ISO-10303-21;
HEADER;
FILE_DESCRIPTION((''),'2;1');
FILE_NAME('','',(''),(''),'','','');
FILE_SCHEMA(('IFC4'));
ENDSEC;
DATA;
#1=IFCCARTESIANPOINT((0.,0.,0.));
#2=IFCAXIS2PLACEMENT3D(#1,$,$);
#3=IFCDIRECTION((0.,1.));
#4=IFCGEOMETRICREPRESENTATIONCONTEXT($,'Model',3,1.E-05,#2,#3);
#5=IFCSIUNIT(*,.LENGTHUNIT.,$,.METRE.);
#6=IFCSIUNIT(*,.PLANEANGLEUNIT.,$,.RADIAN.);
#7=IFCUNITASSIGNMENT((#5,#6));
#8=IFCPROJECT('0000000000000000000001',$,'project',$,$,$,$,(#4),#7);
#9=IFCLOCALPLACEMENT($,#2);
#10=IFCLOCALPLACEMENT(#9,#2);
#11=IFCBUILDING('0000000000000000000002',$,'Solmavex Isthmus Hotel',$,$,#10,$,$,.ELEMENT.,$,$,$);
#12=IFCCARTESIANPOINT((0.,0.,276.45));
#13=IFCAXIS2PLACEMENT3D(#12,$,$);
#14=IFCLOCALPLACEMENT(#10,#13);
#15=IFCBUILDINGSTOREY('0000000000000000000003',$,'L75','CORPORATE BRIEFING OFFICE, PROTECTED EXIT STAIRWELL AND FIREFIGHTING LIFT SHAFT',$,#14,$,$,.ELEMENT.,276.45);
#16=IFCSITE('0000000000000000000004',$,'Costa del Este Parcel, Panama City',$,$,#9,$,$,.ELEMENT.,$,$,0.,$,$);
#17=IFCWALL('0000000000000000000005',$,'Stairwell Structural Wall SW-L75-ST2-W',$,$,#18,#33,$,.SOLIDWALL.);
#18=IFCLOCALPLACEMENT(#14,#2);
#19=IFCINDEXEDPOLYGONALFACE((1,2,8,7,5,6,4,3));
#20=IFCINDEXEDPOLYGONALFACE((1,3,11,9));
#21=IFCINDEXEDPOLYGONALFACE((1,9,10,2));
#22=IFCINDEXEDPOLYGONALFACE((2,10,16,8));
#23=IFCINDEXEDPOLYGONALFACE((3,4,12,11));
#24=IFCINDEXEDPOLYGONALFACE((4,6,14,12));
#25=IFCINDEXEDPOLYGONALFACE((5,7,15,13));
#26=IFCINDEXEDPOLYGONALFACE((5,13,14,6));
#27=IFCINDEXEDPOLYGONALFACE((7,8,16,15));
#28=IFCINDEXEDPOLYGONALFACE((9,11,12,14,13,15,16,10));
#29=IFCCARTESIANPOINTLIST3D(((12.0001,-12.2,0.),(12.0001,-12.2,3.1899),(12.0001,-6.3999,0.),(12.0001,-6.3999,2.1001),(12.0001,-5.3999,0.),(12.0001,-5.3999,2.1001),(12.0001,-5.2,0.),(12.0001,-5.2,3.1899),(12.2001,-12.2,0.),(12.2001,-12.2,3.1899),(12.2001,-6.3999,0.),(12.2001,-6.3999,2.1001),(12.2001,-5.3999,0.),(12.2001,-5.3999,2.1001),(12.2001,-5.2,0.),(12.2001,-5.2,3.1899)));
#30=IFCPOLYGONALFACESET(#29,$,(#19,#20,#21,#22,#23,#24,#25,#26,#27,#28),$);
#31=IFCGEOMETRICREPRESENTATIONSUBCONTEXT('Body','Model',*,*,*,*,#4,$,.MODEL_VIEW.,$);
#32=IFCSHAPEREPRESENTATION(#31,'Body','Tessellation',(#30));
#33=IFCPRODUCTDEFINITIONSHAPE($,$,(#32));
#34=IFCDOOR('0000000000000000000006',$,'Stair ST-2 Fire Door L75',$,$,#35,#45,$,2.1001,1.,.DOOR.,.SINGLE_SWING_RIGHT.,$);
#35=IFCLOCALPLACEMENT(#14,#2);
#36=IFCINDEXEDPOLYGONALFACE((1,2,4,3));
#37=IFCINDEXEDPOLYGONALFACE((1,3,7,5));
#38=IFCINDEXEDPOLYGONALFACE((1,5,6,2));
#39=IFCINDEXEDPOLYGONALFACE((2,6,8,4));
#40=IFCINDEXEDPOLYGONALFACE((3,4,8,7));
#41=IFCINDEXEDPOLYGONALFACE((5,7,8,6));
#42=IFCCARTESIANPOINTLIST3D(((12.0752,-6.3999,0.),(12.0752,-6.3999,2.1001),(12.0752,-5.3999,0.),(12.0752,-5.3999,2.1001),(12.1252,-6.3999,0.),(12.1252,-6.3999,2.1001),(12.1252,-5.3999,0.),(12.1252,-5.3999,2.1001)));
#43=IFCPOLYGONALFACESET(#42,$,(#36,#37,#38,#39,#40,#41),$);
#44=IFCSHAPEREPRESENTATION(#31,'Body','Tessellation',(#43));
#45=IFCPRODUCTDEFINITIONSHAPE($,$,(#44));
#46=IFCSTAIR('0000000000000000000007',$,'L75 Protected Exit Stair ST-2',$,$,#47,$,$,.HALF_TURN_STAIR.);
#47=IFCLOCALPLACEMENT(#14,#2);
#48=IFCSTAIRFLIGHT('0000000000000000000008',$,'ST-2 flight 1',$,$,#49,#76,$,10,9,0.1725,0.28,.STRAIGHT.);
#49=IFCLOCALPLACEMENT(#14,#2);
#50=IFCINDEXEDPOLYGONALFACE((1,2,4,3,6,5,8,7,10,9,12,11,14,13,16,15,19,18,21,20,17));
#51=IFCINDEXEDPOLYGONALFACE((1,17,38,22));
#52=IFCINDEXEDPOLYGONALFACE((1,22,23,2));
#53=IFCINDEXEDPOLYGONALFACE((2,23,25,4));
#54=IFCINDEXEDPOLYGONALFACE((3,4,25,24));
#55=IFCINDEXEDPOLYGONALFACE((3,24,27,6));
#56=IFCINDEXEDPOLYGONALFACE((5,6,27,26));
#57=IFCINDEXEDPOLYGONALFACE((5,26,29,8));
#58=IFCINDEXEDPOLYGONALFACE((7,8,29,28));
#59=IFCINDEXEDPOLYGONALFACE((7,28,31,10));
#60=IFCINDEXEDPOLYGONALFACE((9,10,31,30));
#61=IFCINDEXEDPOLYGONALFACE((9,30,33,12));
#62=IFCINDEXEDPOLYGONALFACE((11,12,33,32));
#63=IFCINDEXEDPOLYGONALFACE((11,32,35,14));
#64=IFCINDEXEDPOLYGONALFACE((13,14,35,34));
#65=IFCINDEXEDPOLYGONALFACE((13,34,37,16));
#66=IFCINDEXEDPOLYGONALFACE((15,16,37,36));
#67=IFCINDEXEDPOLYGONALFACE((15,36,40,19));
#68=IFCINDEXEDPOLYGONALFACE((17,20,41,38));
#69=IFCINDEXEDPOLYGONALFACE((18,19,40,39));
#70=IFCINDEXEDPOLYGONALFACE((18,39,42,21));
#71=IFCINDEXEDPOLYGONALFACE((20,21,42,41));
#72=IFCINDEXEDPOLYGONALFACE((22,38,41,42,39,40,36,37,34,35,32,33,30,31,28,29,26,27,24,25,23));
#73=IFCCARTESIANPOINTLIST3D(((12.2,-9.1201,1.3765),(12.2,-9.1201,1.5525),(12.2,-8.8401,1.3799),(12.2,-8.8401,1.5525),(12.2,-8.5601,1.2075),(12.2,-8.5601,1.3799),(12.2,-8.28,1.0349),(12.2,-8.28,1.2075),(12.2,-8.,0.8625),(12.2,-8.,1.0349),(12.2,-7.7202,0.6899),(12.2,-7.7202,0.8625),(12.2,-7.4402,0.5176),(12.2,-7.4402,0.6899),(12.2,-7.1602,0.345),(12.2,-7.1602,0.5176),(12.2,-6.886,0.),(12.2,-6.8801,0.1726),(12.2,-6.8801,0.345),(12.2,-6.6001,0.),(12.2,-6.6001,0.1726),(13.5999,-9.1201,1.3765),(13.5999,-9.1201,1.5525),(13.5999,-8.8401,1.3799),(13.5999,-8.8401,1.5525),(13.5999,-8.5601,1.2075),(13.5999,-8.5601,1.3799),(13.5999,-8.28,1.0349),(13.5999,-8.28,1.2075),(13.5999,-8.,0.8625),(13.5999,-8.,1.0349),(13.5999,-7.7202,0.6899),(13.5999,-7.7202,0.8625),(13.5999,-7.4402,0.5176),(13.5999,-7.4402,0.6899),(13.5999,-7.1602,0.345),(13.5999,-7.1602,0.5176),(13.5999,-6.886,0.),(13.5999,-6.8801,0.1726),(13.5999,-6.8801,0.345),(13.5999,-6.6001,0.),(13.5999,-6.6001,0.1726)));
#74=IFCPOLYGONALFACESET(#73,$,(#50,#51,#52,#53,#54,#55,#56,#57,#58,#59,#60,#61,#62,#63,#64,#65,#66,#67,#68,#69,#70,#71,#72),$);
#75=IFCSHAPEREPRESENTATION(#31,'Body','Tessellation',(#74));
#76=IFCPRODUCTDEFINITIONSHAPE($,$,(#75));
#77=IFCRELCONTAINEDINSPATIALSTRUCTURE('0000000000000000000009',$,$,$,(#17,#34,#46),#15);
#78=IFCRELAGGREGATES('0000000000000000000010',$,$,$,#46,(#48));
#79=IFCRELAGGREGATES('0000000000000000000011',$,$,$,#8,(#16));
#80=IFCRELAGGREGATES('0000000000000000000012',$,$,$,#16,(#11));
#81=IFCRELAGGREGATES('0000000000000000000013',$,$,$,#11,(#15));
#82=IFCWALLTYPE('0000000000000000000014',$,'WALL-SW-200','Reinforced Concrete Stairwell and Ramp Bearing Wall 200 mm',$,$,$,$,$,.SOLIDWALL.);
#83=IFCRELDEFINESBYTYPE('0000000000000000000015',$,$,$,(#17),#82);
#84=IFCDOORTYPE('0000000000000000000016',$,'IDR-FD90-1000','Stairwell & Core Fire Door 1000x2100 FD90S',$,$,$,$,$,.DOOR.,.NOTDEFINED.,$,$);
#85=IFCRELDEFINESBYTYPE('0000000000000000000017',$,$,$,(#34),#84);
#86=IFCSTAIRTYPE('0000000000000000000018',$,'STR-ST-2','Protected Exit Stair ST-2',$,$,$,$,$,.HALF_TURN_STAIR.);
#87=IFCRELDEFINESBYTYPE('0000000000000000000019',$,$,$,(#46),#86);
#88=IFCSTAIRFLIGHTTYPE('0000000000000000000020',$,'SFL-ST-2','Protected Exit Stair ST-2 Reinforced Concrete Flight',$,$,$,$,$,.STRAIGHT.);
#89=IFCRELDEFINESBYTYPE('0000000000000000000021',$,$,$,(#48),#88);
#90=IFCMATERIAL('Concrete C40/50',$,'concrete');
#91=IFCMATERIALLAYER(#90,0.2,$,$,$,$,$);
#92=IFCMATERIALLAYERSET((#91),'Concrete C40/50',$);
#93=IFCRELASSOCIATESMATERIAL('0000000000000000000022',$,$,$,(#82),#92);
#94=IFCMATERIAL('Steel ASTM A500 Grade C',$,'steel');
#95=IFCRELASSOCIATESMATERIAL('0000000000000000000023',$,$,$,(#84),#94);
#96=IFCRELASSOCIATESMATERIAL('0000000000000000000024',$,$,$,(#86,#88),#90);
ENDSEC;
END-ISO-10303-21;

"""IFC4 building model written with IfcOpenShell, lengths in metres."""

from ifc_helpers import new_model, si_unit, direction, frame, frame_2d, origin, place, context, subcontext, project, spatial, polyline, rectangle, outline, extrude, material, layer, layer_set, type_object, element, fill, aggregate, save


model = new_model("IFC4")

# Units and contexts
model_context = context("Model", 3, precision=1e-05, world=origin(), true_north=direction((0.0, 1.0)))
body_context = subcontext(model_context, "Body", "Model", "MODEL_VIEW")
ifc_project = project(units=[si_unit("LENGTHUNIT", "METRE"), si_unit("PLANEANGLEUNIT", "RADIAN")], contexts=[model_context])

# Site, building, storey
site_placement = place(None, origin())
site = spatial("IfcSite", under=ifc_project, at=site_placement, Name="Costa del Este Parcel, Panama City", CompositionType="ELEMENT", RefElevation=0.0)
building_placement = place(site_placement, origin())
building = spatial("IfcBuilding", under=site, at=building_placement, Name="Solmavex Isthmus Hotel", CompositionType="ELEMENT")
storey_placement = place(building_placement, frame((0.0, 0.0, 276.45)))
storey = spatial("IfcBuildingStorey", under=building, at=storey_placement, Name="L75", Description="CORPORATE BRIEFING OFFICE, PROTECTED EXIT STAIRWELL AND FIREFIGHTING LIFT SHAFT", CompositionType="ELEMENT", Elevation=276.45)

# Shared definitions
ifc_material_1 = material(Name="Concrete C40/50", Category="concrete")

# Shared definitions
ifc_material_2 = material(Name="Steel ASTM A500 Grade C", Category="steel")

# Shared definitions
ifc_layer_1 = layer(ifc_material_1, 0.2)
ifc_layer_set_1 = layer_set([ifc_layer_1], Name="Concrete C40/50")
wall_type_1 = type_object("IfcWallType", Name="WALL-SW-200", Description="Reinforced Concrete Stairwell and Ramp Bearing Wall 200 mm", PredefinedType="SOLIDWALL", material=ifc_layer_set_1)

# Wall, opening, door
wall_1_placement = place(storey_placement, frame((12.1001, -12.2, 0.0), z_axis=(0.0, 0.0, 1.0), x_axis=(0.0, 1.0, 0.0)))
wall_1 = element("IfcWall", 1, at=wall_1_placement, inside=storey, type_object=wall_type_1, Name="Stairwell Structural Wall SW-L75-ST2-W", PredefinedType="SOLIDWALL", context=body_context, shape_type="SweptSolid", body=[
    extrude(rectangle(XDim=7.0, YDim=0.2, at=frame_2d((3.5, 0.0))), origin(), (0.0, 0.0, 1.0), 3.1899),
])
opening_1_placement = place(wall_1_placement, frame((5.8, 0.0, 0.0)))
opening_1 = element("IfcOpeningElement", 2, at=opening_1_placement, cuts=wall_1, PredefinedType="OPENING", context=body_context, shape_type="SweptSolid", body=[
    extrude(rectangle(XDim=1.0, YDim=2.1001, at=frame_2d((0.5, 1.05))), frame((0.0, 0.1099, 0.0), z_axis=(0.0, -1.0, 0.0), x_axis=(1.0, 0.0, 0.0)), (0.0, 0.0, 1.0), 0.22),
])
door_type_1 = type_object("IfcDoorType", Name="IDR-FD90-1000", Description="Stairwell & Core Fire Door 1000x2100 FD90S", OperationType="NOTDEFINED", PredefinedType="DOOR", material=ifc_material_2)
door_1_placement = place(opening_1_placement, origin())
door_1 = element("IfcDoor", 3, at=door_1_placement, inside=storey, type_object=door_type_1, Name="Stair ST-2 Fire Door L75", OperationType="SINGLE_SWING_RIGHT", OverallHeight=2.1001, OverallWidth=1.0, PredefinedType="DOOR", context=body_context, shape_type="SweptSolid", body=[
    extrude(rectangle(XDim=1.0, YDim=2.1001, at=frame_2d((0.5, 1.05))), frame((0.0, 0.0249, 0.0), z_axis=(0.0, -1.0, 0.0), x_axis=(1.0, 0.0, 0.0)), (0.0, 0.0, 1.0), 0.05),
])
fill(opening_1, door_1)

# Stair, stair flight
stair_type = type_object("IfcStairType", Name="STR-ST-2", Description="Protected Exit Stair ST-2", PredefinedType="HALF_TURN_STAIR", material=ifc_material_1)
stair_placement = place(storey_placement, origin())
stair = element("IfcStair", 4, at=stair_placement, inside=storey, type_object=stair_type, Name="L75 Protected Exit Stair ST-2", PredefinedType="HALF_TURN_STAIR")
stair_flight_type = type_object("IfcStairFlightType", Name="SFL-ST-2", Description="Protected Exit Stair ST-2 Reinforced Concrete Flight", PredefinedType="STRAIGHT", material=ifc_material_1)
stair_flight_placement = place(storey_placement, frame((12.8999, -6.6001, 0.0), z_axis=(0.0, 0.0, 1.0), x_axis=(0.0, -1.0, 0.0)))
stair_flight = element("IfcStairFlight", 5, at=stair_flight_placement, type_object=stair_flight_type, Name="ST-2 flight 1", NumberOfRisers=10, NumberOfTreads=9, PredefinedType="STRAIGHT", RiserHeight=0.1725, TreadLength=0.28, context=body_context, shape_type="SweptSolid", body=[
    extrude(outline(polyline([(0.0, 0.0), (0.0, 0.1726), (0.28, 0.1726), (0.28, 0.345), (0.5601, 0.345), (0.5601, 0.5176), (0.8401, 0.5176), (0.8401, 0.6899), (1.1201, 0.6899), (1.1201, 0.8625), (1.3999, 0.8625), (1.3999, 1.0349), (1.6799, 1.0349), (1.6799, 1.2075), (1.96, 1.2075), (1.96, 1.3799), (2.24, 1.3799), (2.24, 1.5525), (2.52, 1.5525), (2.52, 1.7251), (2.52, 1.3765), (0.2859, 0.0), (0.0, 0.0)])), frame((0.0, 0.7, 0.0), z_axis=(0.0, -1.0, 0.0), x_axis=(1.0, 0.0, 0.0)), (0.0, 0.0, 1.0), 1.3999),
])
aggregate(stair, [stair_flight])

save(model, "model.ifc")
